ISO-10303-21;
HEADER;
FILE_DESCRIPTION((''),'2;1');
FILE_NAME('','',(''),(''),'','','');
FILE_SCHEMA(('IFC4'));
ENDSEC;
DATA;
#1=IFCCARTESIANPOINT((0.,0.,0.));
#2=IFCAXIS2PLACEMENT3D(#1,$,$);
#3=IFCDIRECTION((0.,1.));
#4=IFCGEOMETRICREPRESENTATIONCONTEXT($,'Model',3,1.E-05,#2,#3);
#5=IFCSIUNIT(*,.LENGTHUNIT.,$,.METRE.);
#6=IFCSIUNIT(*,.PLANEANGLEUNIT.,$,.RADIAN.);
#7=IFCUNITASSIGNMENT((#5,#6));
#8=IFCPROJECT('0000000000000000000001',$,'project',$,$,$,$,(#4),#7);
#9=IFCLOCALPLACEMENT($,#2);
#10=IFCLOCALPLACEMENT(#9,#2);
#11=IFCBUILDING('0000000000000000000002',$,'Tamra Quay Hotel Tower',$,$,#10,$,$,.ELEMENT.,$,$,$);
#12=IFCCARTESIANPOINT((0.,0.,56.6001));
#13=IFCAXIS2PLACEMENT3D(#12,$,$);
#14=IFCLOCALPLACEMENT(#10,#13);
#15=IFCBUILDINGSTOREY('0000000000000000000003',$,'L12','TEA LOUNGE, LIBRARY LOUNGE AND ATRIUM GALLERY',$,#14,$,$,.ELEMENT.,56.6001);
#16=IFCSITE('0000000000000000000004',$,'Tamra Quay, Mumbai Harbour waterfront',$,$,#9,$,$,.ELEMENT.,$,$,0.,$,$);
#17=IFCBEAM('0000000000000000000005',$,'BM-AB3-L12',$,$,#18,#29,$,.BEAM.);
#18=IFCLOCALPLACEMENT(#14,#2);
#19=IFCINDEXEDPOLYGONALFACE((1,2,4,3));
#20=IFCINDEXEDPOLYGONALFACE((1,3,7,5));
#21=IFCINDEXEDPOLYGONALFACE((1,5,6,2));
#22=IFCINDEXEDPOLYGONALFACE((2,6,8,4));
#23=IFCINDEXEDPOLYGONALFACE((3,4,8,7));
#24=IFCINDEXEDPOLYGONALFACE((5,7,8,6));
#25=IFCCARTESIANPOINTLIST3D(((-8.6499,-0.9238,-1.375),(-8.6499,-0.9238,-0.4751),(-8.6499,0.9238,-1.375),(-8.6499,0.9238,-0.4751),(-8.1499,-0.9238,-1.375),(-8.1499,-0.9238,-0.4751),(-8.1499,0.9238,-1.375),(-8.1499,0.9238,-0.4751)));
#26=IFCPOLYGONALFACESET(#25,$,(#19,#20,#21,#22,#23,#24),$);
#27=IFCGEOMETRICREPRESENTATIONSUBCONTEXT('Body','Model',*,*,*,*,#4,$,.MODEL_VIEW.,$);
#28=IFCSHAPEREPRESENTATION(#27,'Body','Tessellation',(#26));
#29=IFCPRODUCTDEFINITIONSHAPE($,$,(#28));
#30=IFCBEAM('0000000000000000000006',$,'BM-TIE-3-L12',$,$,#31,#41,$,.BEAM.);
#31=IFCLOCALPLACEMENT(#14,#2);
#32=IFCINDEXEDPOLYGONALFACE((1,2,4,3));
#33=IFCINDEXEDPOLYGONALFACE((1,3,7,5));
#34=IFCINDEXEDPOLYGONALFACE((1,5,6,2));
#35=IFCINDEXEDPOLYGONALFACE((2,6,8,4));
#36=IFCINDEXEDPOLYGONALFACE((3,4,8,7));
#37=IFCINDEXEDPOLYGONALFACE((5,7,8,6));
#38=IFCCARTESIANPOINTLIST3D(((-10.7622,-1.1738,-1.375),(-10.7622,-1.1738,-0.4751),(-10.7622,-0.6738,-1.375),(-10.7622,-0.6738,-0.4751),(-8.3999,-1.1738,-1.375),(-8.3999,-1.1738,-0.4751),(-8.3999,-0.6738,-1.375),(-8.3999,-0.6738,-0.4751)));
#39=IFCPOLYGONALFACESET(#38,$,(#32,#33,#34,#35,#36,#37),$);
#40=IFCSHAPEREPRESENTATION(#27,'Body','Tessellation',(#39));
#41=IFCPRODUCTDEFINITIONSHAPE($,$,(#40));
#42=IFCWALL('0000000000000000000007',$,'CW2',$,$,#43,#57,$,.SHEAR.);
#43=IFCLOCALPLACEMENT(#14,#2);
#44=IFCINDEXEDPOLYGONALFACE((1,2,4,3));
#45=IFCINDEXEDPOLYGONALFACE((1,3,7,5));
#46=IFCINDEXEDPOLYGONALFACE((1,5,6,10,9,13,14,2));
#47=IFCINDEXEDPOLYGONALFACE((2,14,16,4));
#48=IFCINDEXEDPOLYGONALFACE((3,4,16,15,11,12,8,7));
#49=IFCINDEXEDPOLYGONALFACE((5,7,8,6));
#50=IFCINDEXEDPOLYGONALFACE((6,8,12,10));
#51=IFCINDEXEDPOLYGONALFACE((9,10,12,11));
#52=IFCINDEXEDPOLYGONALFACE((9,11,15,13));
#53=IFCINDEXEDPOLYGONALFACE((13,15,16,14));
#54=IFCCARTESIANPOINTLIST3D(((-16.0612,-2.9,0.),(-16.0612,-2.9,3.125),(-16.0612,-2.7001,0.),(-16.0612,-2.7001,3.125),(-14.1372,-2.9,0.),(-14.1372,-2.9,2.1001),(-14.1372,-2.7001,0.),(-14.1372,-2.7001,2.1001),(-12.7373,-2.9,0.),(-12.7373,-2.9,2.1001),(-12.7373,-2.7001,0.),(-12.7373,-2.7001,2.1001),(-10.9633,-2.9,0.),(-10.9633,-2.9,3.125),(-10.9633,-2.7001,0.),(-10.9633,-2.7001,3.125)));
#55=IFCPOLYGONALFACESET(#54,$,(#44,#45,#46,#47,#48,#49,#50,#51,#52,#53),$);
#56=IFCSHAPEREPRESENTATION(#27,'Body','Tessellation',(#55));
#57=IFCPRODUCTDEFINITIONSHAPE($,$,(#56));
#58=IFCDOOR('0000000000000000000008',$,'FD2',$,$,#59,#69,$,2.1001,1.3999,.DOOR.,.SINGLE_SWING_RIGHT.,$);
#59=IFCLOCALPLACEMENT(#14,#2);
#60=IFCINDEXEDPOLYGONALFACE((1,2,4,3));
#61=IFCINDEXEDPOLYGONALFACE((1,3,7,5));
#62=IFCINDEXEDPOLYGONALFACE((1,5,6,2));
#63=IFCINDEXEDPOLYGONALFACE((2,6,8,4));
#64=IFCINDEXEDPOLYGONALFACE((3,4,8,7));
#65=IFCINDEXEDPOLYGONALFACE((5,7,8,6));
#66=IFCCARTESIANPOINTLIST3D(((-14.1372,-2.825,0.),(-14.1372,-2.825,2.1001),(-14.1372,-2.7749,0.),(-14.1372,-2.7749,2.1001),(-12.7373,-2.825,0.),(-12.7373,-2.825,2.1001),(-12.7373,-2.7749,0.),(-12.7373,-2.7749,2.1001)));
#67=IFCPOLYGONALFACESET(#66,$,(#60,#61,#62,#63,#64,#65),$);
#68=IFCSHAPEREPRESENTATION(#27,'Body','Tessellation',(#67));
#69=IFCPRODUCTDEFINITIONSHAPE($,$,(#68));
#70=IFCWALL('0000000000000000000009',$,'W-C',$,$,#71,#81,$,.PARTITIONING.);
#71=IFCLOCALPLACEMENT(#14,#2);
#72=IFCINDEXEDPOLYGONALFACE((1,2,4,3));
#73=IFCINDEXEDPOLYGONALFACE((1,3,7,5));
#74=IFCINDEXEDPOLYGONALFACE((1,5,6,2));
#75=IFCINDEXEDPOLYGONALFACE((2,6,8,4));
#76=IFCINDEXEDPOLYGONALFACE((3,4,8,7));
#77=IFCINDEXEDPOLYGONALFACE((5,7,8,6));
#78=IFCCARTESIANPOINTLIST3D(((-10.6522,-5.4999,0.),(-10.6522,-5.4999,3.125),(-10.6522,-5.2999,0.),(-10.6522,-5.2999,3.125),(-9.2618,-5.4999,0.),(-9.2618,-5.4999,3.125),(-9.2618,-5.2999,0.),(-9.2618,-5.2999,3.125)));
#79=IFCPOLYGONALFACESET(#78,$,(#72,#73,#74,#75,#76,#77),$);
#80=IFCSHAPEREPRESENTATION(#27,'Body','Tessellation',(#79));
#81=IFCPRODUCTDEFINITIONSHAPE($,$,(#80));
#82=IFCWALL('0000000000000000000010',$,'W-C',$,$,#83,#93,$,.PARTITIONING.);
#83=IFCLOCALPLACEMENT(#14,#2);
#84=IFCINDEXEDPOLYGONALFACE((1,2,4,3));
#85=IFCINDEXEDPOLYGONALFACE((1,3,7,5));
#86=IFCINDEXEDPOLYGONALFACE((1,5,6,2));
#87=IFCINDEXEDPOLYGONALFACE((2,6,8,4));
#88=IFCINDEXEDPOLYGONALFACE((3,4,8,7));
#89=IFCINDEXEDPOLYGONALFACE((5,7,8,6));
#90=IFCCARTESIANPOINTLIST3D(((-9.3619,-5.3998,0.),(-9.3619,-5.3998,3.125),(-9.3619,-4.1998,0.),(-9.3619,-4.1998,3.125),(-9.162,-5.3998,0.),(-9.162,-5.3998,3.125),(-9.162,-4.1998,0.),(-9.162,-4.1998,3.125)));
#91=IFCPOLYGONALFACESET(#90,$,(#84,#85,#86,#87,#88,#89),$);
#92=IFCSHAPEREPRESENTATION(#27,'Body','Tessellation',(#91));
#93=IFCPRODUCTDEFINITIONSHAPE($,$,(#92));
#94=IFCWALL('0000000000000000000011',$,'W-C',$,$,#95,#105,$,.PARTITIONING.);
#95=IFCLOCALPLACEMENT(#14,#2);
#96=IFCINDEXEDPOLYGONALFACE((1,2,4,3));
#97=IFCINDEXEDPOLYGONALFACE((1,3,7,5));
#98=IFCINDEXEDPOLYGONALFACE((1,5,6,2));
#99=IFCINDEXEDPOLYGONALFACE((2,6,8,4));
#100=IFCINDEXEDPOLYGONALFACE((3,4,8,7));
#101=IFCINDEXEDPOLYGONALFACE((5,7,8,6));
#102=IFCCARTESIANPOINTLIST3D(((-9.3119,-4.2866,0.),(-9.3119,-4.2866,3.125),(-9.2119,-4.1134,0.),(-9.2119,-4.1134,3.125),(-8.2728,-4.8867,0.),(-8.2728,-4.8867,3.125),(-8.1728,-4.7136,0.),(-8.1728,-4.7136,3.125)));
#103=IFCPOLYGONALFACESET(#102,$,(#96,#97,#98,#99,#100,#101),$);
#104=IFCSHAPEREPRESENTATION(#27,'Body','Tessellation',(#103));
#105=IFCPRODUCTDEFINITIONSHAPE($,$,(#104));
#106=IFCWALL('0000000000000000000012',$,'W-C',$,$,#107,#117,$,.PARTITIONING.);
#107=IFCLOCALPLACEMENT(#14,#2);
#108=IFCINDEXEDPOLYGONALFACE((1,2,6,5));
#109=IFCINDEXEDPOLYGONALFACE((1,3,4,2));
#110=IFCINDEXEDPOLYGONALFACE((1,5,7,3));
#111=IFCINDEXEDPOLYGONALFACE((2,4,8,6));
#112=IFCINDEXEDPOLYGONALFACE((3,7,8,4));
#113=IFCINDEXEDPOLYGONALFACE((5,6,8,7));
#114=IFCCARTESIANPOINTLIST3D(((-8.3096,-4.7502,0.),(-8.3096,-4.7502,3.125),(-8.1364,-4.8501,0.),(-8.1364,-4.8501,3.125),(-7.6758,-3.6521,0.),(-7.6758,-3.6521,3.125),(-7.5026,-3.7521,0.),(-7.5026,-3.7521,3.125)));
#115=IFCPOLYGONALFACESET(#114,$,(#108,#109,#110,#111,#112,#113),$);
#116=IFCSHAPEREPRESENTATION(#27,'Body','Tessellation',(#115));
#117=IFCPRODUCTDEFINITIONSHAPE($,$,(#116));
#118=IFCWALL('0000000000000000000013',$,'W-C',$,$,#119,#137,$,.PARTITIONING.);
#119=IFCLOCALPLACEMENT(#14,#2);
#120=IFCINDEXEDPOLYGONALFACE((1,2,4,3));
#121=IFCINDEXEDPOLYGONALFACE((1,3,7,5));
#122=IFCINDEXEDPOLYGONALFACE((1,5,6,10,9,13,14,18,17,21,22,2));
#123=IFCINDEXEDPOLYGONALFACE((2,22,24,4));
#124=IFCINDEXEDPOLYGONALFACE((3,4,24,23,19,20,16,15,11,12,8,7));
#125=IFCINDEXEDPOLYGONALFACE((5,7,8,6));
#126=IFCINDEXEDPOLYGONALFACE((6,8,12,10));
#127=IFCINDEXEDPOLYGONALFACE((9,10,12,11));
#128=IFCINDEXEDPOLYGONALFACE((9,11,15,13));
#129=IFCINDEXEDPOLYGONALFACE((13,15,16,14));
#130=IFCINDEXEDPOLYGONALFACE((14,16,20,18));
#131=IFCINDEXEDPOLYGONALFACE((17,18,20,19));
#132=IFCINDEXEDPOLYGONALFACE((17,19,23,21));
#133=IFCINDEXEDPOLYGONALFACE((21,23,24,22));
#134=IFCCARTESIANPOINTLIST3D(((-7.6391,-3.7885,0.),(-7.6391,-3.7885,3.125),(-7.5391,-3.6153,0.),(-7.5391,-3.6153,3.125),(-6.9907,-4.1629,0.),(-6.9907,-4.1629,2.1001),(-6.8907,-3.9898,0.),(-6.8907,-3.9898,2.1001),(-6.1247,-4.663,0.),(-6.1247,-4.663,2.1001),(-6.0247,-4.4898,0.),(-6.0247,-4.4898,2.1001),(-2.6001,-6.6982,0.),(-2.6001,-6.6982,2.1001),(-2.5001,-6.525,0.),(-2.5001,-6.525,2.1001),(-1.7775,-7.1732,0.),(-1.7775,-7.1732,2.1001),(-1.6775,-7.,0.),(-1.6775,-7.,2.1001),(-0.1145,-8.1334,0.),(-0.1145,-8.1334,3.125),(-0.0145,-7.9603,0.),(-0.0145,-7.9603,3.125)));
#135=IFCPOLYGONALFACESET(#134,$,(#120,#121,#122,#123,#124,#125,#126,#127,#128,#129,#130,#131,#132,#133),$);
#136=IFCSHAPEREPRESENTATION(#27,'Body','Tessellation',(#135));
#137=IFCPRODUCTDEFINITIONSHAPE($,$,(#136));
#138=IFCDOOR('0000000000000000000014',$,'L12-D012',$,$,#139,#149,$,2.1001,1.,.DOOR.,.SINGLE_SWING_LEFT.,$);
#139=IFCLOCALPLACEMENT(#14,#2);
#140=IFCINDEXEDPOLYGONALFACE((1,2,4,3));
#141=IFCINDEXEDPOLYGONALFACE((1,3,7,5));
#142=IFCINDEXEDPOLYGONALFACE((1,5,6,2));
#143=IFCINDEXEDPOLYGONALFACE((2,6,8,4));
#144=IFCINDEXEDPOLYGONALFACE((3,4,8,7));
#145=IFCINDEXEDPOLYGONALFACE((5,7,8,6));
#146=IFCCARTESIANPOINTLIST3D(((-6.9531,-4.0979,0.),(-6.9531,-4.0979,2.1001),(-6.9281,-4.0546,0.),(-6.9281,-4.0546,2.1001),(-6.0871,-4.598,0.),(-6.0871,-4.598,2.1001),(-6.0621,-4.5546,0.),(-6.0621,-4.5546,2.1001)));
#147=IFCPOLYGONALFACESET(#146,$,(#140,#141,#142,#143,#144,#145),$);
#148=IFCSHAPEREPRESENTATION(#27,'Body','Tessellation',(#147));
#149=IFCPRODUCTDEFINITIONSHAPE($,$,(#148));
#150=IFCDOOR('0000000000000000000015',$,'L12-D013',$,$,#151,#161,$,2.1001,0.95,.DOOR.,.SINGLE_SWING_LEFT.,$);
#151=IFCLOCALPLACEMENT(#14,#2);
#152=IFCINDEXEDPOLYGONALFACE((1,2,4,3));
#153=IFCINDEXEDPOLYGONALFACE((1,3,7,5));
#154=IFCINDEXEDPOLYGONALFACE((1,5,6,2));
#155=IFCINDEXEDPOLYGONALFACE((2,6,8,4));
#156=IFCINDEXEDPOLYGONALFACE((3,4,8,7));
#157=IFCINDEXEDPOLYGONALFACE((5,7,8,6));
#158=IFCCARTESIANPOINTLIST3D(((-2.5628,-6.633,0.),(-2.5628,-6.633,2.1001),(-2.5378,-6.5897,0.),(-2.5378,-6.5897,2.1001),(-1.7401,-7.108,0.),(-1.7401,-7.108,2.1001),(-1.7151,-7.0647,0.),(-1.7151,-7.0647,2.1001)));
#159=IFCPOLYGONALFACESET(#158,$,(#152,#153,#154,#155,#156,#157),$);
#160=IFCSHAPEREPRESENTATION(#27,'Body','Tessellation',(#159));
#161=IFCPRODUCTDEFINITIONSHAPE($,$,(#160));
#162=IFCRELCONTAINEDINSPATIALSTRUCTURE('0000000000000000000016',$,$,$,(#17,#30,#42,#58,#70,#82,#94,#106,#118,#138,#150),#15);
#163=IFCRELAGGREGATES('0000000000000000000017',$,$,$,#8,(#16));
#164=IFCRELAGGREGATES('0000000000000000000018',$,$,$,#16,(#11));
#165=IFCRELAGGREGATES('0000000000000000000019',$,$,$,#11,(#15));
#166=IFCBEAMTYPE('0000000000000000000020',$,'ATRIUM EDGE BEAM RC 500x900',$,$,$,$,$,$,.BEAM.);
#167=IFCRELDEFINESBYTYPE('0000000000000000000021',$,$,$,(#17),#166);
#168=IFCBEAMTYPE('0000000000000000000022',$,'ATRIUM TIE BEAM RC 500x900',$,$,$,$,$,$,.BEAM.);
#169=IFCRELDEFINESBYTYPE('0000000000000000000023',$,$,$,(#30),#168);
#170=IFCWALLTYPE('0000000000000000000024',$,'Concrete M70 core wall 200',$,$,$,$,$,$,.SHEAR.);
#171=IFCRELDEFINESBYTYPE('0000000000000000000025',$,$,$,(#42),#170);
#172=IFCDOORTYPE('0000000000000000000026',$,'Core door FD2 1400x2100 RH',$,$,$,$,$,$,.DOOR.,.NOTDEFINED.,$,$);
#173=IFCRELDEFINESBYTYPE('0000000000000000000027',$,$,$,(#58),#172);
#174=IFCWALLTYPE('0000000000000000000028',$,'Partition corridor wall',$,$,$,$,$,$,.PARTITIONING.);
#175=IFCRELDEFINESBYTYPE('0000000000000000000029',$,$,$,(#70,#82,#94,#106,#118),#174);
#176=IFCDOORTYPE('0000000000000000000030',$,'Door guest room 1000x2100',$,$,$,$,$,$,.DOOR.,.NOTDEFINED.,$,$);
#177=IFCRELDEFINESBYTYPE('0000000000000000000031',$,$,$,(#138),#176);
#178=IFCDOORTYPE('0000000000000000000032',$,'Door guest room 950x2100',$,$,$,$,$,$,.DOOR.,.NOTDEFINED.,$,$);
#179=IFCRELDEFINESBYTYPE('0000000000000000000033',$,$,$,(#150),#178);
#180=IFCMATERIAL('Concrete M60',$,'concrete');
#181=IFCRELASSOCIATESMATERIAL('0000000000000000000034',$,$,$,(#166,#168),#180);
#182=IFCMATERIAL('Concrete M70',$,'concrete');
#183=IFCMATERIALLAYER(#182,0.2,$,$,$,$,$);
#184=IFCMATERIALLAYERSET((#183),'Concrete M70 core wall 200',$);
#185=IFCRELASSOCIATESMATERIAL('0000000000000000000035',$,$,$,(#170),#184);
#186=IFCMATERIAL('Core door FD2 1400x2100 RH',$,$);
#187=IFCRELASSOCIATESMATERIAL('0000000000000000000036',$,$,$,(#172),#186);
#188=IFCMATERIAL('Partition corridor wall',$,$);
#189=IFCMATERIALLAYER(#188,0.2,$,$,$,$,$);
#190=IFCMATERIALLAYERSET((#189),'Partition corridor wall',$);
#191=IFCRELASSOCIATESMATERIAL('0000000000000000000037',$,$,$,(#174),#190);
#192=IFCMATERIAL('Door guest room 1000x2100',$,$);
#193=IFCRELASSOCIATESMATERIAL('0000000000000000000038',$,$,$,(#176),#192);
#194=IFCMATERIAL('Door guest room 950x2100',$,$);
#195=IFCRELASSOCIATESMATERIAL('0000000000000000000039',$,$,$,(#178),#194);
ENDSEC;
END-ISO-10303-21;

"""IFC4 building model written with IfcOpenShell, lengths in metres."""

from ifc_helpers import new_model, si_unit, direction, frame, frame_2d, origin, origin_2d, place, context, subcontext, project, spatial, rectangle, extrude, material, layer, layer_set, material_profile, profile_set, type_object, element, fill, save


model = new_model("IFC4")

# Units and contexts
model_context = context("Model", 3, precision=1e-05, world=origin(), true_north=direction((0.0, 1.0)))
body_context = subcontext(model_context, "Body", "Model", "MODEL_VIEW")
ifc_project = project(units=[si_unit("LENGTHUNIT", "METRE"), si_unit("PLANEANGLEUNIT", "RADIAN")], contexts=[model_context])

# Site, building, storey
site_placement = place(None, origin())
site = spatial("IfcSite", under=ifc_project, at=site_placement, Name="Tamra Quay, Mumbai Harbour waterfront", CompositionType="ELEMENT", RefElevation=0.0)
building_placement = place(site_placement, origin())
building = spatial("IfcBuilding", under=site, at=building_placement, Name="Tamra Quay Hotel Tower", CompositionType="ELEMENT")
storey_placement = place(building_placement, frame((0.0, 0.0, 56.6001)))
storey = spatial("IfcBuildingStorey", under=building, at=storey_placement, Name="L12", Description="TEA LOUNGE, LIBRARY LOUNGE AND ATRIUM GALLERY", CompositionType="ELEMENT", Elevation=56.6001)

# Beams
ifc_material_1 = material(Name="Concrete M60", Category="concrete")
ifc_material_profile_1 = material_profile(ifc_material_1, rectangle(XDim=0.5, YDim=0.8999, at=origin_2d()), Name="ATRIUM EDGE BEAM RC 500x900")
ifc_profile_set_1 = profile_set([ifc_material_profile_1], Name="Concrete M60")
beam_type_1 = type_object("IfcBeamType", Name="ATRIUM EDGE BEAM RC 500x900", PredefinedType="BEAM", material=ifc_profile_set_1)
beam_1_placement = place(storey_placement, frame((-8.3999, -0.9238, -0.925), z_axis=(0.0, 1.0, 0.0), x_axis=(-1.0, 0.0, 0.0)))
element("IfcBeam", 1, at=beam_1_placement, inside=storey, type_object=beam_type_1, Name="BM-AB3-L12", PredefinedType="BEAM", context=body_context, shape_type="SweptSolid", body=[
    extrude(rectangle(XDim=0.5, YDim=0.8999, at=origin_2d()), origin(), (0.0, 0.0, 1.0), 1.8477),
])
ifc_material_profile_2 = material_profile(ifc_material_1, rectangle(XDim=0.5, YDim=0.8999, at=origin_2d()), Name="ATRIUM TIE BEAM RC 500x900")
ifc_profile_set_2 = profile_set([ifc_material_profile_2], Name="Concrete M60")
beam_type_2 = type_object("IfcBeamType", Name="ATRIUM TIE BEAM RC 500x900", PredefinedType="BEAM", material=ifc_profile_set_2)
beam_2_placement = place(storey_placement, frame((-8.3999, -0.9238, -0.925), z_axis=(-1.0, 0.0, 0.0), x_axis=(0.0, -1.0, 0.0)))
element("IfcBeam", 2, at=beam_2_placement, inside=storey, type_object=beam_type_2, Name="BM-TIE-3-L12", PredefinedType="BEAM", context=body_context, shape_type="SweptSolid", body=[
    extrude(rectangle(XDim=0.5, YDim=0.8999, at=origin_2d()), origin(), (0.0, 0.0, 1.0), 2.3623),
])

# Wall, opening, door
ifc_material_2 = material(Name="Concrete M70", Category="concrete")
ifc_layer_1 = layer(ifc_material_2, 0.2)
ifc_layer_set_1 = layer_set([ifc_layer_1], Name="Concrete M70 core wall 200")
wall_type_1 = type_object("IfcWallType", Name="Concrete M70 core wall 200", PredefinedType="SHEAR", material=ifc_layer_set_1)
wall_1_placement = place(storey_placement, frame((-10.9634, -2.8, 0.0), z_axis=(0.0, 0.0, 1.0), x_axis=(-1.0, 0.0, 0.0)))
wall_1 = element("IfcWall", 3, at=wall_1_placement, inside=storey, type_object=wall_type_1, Name="CW2", PredefinedType="SHEAR", context=body_context, shape_type="SweptSolid", body=[
    extrude(rectangle(XDim=5.0979, YDim=0.2, at=frame_2d((2.5488, 0.0))), origin(), (0.0, 0.0, 1.0), 3.125),
])
opening_1_placement = place(wall_1_placement, frame((1.7739, 0.0, 0.0)))
opening_1 = element("IfcOpeningElement", 4, at=opening_1_placement, cuts=wall_1, PredefinedType="OPENING", context=body_context, shape_type="SweptSolid", body=[
    extrude(rectangle(XDim=1.3999, YDim=2.1001, at=frame_2d((0.7, 1.05))), frame((0.0, 0.1099, 0.0), z_axis=(0.0, -1.0, 0.0), x_axis=(1.0, 0.0, 0.0)), (0.0, 0.0, 1.0), 0.22),
])
ifc_material_3 = material(Name="Core door FD2 1400x2100 RH")
door_type_1 = type_object("IfcDoorType", Name="Core door FD2 1400x2100 RH", OperationType="NOTDEFINED", PredefinedType="DOOR", material=ifc_material_3)
door_1_placement = place(opening_1_placement, origin())
door_1 = element("IfcDoor", 5, at=door_1_placement, inside=storey, type_object=door_type_1, Name="FD2", OperationType="SINGLE_SWING_RIGHT", OverallHeight=2.1001, OverallWidth=1.3999, PredefinedType="DOOR", context=body_context, shape_type="SweptSolid", body=[
    extrude(rectangle(XDim=1.3999, YDim=2.1001, at=frame_2d((0.7, 1.05))), frame((0.0, 0.0249, 0.0), z_axis=(0.0, -1.0, 0.0), x_axis=(1.0, 0.0, 0.0)), (0.0, 0.0, 1.0), 0.05),
])
fill(opening_1, door_1)

# Walls
ifc_material_4 = material(Name="Partition corridor wall")
ifc_layer_2 = layer(ifc_material_4, 0.2)
ifc_layer_set_2 = layer_set([ifc_layer_2], Name="Partition corridor wall")
wall_type_2 = type_object("IfcWallType", Name="Partition corridor wall", PredefinedType="PARTITIONING", material=ifc_layer_set_2)
wall_2_placement = place(storey_placement, frame((-10.6523, -5.3999, 0.0), z_axis=(0.0, 0.0, 1.0), x_axis=(1.0, 0.0, 0.0)))
element("IfcWall", 6, at=wall_2_placement, inside=storey, type_object=wall_type_2, Name="W-C", PredefinedType="PARTITIONING", context=body_context, shape_type="SweptSolid", body=[
    extrude(rectangle(XDim=1.3904, YDim=0.2, at=frame_2d((0.6953, 0.0))), origin(), (0.0, 0.0, 1.0), 3.125),
])
for number, where, z_axis, x_axis, name in (
    (7, (-9.262, -5.3999, 0.0), (0.0, 0.0, 1.0), (0.0, 1.0, 0.0), "W-C"),
    (8, (-9.262, -4.2, 0.0), (0.0, 0.0, 1.0), (0.865955, -0.500122, 0.0), "W-C"),
):
    element("IfcWall", number, at=place(storey_placement, frame(where, z_axis=z_axis, x_axis=x_axis)), inside=storey, type_object=wall_type_2, Name=name, PredefinedType="PARTITIONING", context=body_context, shape_type="SweptSolid", body=[
        extrude(rectangle(XDim=1.2, YDim=0.2, at=frame_2d((0.6001, 0.0))), origin(), (0.0, 0.0, 1.0), 3.125),
    ])
wall_3_placement = place(storey_placement, frame((-8.2229, -4.8, 0.0), z_axis=(0.0, 0.0, 1.0), x_axis=(0.499867, 0.866102, 0.0)))
element("IfcWall", 9, at=wall_3_placement, inside=storey, type_object=wall_type_2, Name="W-C", PredefinedType="PARTITIONING", context=body_context, shape_type="SweptSolid", body=[
    extrude(rectangle(XDim=1.2678, YDim=0.2, at=frame_2d((0.6338, 0.0))), origin(), (0.0, 0.0, 1.0), 3.125),
])

# Wall, openings, doors
wall_4_placement = place(storey_placement, frame((-7.5891, -3.7019, 0.0), z_axis=(0.0, 0.0, 1.0), x_axis=(0.865995, -0.500052, 0.0)))
wall_4 = element("IfcWall", 10, at=wall_4_placement, inside=storey, type_object=wall_type_2, Name="W-C", PredefinedType="PARTITIONING", context=body_context, shape_type="SweptSolid", body=[
    extrude(rectangle(XDim=8.689, YDim=0.2, at=frame_2d((4.3445, 0.0))), origin(), (0.0, 0.0, 1.0), 3.125),
])
opening_2_placement = place(wall_4_placement, frame((0.7488, 0.0, 0.0)))
opening_2 = element("IfcOpeningElement", 11, at=opening_2_placement, cuts=wall_4, PredefinedType="OPENING", context=body_context, shape_type="SweptSolid", body=[
    extrude(rectangle(XDim=1.0, YDim=2.1001, at=frame_2d((0.5, 1.05))), frame((0.0, 0.1099, 0.0), z_axis=(0.0, -1.0, 0.0), x_axis=(1.0, 0.0, 0.0)), (0.0, 0.0, 1.0), 0.22),
])
opening_3_placement = place(wall_4_placement, frame((5.8186, 0.0, 0.0)))
opening_3 = element("IfcOpeningElement", 12, at=opening_3_placement, cuts=wall_4, PredefinedType="OPENING", context=body_context, shape_type="SweptSolid", body=[
    extrude(rectangle(XDim=0.95, YDim=2.1001, at=frame_2d((0.4751, 1.05))), frame((0.0, 0.1099, 0.0), z_axis=(0.0, -1.0, 0.0), x_axis=(1.0, 0.0, 0.0)), (0.0, 0.0, 1.0), 0.22),
])
ifc_material_5 = material(Name="Door guest room 1000x2100")
door_type_2 = type_object("IfcDoorType", Name="Door guest room 1000x2100", OperationType="NOTDEFINED", PredefinedType="DOOR", material=ifc_material_5)
door_2_placement = place(opening_2_placement, frame((1.0, 0.0, 0.0), z_axis=(0.0, 0.0, 1.0), x_axis=(-1.0, 0.0, 0.0)))
door_2 = element("IfcDoor", 13, at=door_2_placement, inside=storey, type_object=door_type_2, Name="L12-D012", OperationType="SINGLE_SWING_LEFT", OverallHeight=2.1001, OverallWidth=1.0, PredefinedType="DOOR", context=body_context, shape_type="SweptSolid", body=[
    extrude(rectangle(XDim=1.0, YDim=2.1001, at=frame_2d((0.5, 1.05))), frame((0.0, 0.0249, 0.0), z_axis=(0.0, -1.0, 0.0), x_axis=(1.0, 0.0, 0.0)), (0.0, 0.0, 1.0), 0.05),
])
fill(opening_2, door_2)
ifc_material_6 = material(Name="Door guest room 950x2100")
door_type_3 = type_object("IfcDoorType", Name="Door guest room 950x2100", OperationType="NOTDEFINED", PredefinedType="DOOR", material=ifc_material_6)
door_3_placement = place(opening_3_placement, frame((0.95, 0.0, 0.0), z_axis=(0.0, 0.0, 1.0), x_axis=(-1.0, 0.0, 0.0)))
door_3 = element("IfcDoor", 14, at=door_3_placement, inside=storey, type_object=door_type_3, Name="L12-D013", OperationType="SINGLE_SWING_LEFT", OverallHeight=2.1001, OverallWidth=0.95, PredefinedType="DOOR", context=body_context, shape_type="SweptSolid", body=[
    extrude(rectangle(XDim=0.95, YDim=2.1001, at=frame_2d((0.4751, 1.05))), frame((0.0, 0.0249, 0.0), z_axis=(0.0, -1.0, 0.0), x_axis=(1.0, 0.0, 0.0)), (0.0, 0.0, 1.0), 0.05),
])
fill(opening_3, door_3)

save(model, "model.ifc")
